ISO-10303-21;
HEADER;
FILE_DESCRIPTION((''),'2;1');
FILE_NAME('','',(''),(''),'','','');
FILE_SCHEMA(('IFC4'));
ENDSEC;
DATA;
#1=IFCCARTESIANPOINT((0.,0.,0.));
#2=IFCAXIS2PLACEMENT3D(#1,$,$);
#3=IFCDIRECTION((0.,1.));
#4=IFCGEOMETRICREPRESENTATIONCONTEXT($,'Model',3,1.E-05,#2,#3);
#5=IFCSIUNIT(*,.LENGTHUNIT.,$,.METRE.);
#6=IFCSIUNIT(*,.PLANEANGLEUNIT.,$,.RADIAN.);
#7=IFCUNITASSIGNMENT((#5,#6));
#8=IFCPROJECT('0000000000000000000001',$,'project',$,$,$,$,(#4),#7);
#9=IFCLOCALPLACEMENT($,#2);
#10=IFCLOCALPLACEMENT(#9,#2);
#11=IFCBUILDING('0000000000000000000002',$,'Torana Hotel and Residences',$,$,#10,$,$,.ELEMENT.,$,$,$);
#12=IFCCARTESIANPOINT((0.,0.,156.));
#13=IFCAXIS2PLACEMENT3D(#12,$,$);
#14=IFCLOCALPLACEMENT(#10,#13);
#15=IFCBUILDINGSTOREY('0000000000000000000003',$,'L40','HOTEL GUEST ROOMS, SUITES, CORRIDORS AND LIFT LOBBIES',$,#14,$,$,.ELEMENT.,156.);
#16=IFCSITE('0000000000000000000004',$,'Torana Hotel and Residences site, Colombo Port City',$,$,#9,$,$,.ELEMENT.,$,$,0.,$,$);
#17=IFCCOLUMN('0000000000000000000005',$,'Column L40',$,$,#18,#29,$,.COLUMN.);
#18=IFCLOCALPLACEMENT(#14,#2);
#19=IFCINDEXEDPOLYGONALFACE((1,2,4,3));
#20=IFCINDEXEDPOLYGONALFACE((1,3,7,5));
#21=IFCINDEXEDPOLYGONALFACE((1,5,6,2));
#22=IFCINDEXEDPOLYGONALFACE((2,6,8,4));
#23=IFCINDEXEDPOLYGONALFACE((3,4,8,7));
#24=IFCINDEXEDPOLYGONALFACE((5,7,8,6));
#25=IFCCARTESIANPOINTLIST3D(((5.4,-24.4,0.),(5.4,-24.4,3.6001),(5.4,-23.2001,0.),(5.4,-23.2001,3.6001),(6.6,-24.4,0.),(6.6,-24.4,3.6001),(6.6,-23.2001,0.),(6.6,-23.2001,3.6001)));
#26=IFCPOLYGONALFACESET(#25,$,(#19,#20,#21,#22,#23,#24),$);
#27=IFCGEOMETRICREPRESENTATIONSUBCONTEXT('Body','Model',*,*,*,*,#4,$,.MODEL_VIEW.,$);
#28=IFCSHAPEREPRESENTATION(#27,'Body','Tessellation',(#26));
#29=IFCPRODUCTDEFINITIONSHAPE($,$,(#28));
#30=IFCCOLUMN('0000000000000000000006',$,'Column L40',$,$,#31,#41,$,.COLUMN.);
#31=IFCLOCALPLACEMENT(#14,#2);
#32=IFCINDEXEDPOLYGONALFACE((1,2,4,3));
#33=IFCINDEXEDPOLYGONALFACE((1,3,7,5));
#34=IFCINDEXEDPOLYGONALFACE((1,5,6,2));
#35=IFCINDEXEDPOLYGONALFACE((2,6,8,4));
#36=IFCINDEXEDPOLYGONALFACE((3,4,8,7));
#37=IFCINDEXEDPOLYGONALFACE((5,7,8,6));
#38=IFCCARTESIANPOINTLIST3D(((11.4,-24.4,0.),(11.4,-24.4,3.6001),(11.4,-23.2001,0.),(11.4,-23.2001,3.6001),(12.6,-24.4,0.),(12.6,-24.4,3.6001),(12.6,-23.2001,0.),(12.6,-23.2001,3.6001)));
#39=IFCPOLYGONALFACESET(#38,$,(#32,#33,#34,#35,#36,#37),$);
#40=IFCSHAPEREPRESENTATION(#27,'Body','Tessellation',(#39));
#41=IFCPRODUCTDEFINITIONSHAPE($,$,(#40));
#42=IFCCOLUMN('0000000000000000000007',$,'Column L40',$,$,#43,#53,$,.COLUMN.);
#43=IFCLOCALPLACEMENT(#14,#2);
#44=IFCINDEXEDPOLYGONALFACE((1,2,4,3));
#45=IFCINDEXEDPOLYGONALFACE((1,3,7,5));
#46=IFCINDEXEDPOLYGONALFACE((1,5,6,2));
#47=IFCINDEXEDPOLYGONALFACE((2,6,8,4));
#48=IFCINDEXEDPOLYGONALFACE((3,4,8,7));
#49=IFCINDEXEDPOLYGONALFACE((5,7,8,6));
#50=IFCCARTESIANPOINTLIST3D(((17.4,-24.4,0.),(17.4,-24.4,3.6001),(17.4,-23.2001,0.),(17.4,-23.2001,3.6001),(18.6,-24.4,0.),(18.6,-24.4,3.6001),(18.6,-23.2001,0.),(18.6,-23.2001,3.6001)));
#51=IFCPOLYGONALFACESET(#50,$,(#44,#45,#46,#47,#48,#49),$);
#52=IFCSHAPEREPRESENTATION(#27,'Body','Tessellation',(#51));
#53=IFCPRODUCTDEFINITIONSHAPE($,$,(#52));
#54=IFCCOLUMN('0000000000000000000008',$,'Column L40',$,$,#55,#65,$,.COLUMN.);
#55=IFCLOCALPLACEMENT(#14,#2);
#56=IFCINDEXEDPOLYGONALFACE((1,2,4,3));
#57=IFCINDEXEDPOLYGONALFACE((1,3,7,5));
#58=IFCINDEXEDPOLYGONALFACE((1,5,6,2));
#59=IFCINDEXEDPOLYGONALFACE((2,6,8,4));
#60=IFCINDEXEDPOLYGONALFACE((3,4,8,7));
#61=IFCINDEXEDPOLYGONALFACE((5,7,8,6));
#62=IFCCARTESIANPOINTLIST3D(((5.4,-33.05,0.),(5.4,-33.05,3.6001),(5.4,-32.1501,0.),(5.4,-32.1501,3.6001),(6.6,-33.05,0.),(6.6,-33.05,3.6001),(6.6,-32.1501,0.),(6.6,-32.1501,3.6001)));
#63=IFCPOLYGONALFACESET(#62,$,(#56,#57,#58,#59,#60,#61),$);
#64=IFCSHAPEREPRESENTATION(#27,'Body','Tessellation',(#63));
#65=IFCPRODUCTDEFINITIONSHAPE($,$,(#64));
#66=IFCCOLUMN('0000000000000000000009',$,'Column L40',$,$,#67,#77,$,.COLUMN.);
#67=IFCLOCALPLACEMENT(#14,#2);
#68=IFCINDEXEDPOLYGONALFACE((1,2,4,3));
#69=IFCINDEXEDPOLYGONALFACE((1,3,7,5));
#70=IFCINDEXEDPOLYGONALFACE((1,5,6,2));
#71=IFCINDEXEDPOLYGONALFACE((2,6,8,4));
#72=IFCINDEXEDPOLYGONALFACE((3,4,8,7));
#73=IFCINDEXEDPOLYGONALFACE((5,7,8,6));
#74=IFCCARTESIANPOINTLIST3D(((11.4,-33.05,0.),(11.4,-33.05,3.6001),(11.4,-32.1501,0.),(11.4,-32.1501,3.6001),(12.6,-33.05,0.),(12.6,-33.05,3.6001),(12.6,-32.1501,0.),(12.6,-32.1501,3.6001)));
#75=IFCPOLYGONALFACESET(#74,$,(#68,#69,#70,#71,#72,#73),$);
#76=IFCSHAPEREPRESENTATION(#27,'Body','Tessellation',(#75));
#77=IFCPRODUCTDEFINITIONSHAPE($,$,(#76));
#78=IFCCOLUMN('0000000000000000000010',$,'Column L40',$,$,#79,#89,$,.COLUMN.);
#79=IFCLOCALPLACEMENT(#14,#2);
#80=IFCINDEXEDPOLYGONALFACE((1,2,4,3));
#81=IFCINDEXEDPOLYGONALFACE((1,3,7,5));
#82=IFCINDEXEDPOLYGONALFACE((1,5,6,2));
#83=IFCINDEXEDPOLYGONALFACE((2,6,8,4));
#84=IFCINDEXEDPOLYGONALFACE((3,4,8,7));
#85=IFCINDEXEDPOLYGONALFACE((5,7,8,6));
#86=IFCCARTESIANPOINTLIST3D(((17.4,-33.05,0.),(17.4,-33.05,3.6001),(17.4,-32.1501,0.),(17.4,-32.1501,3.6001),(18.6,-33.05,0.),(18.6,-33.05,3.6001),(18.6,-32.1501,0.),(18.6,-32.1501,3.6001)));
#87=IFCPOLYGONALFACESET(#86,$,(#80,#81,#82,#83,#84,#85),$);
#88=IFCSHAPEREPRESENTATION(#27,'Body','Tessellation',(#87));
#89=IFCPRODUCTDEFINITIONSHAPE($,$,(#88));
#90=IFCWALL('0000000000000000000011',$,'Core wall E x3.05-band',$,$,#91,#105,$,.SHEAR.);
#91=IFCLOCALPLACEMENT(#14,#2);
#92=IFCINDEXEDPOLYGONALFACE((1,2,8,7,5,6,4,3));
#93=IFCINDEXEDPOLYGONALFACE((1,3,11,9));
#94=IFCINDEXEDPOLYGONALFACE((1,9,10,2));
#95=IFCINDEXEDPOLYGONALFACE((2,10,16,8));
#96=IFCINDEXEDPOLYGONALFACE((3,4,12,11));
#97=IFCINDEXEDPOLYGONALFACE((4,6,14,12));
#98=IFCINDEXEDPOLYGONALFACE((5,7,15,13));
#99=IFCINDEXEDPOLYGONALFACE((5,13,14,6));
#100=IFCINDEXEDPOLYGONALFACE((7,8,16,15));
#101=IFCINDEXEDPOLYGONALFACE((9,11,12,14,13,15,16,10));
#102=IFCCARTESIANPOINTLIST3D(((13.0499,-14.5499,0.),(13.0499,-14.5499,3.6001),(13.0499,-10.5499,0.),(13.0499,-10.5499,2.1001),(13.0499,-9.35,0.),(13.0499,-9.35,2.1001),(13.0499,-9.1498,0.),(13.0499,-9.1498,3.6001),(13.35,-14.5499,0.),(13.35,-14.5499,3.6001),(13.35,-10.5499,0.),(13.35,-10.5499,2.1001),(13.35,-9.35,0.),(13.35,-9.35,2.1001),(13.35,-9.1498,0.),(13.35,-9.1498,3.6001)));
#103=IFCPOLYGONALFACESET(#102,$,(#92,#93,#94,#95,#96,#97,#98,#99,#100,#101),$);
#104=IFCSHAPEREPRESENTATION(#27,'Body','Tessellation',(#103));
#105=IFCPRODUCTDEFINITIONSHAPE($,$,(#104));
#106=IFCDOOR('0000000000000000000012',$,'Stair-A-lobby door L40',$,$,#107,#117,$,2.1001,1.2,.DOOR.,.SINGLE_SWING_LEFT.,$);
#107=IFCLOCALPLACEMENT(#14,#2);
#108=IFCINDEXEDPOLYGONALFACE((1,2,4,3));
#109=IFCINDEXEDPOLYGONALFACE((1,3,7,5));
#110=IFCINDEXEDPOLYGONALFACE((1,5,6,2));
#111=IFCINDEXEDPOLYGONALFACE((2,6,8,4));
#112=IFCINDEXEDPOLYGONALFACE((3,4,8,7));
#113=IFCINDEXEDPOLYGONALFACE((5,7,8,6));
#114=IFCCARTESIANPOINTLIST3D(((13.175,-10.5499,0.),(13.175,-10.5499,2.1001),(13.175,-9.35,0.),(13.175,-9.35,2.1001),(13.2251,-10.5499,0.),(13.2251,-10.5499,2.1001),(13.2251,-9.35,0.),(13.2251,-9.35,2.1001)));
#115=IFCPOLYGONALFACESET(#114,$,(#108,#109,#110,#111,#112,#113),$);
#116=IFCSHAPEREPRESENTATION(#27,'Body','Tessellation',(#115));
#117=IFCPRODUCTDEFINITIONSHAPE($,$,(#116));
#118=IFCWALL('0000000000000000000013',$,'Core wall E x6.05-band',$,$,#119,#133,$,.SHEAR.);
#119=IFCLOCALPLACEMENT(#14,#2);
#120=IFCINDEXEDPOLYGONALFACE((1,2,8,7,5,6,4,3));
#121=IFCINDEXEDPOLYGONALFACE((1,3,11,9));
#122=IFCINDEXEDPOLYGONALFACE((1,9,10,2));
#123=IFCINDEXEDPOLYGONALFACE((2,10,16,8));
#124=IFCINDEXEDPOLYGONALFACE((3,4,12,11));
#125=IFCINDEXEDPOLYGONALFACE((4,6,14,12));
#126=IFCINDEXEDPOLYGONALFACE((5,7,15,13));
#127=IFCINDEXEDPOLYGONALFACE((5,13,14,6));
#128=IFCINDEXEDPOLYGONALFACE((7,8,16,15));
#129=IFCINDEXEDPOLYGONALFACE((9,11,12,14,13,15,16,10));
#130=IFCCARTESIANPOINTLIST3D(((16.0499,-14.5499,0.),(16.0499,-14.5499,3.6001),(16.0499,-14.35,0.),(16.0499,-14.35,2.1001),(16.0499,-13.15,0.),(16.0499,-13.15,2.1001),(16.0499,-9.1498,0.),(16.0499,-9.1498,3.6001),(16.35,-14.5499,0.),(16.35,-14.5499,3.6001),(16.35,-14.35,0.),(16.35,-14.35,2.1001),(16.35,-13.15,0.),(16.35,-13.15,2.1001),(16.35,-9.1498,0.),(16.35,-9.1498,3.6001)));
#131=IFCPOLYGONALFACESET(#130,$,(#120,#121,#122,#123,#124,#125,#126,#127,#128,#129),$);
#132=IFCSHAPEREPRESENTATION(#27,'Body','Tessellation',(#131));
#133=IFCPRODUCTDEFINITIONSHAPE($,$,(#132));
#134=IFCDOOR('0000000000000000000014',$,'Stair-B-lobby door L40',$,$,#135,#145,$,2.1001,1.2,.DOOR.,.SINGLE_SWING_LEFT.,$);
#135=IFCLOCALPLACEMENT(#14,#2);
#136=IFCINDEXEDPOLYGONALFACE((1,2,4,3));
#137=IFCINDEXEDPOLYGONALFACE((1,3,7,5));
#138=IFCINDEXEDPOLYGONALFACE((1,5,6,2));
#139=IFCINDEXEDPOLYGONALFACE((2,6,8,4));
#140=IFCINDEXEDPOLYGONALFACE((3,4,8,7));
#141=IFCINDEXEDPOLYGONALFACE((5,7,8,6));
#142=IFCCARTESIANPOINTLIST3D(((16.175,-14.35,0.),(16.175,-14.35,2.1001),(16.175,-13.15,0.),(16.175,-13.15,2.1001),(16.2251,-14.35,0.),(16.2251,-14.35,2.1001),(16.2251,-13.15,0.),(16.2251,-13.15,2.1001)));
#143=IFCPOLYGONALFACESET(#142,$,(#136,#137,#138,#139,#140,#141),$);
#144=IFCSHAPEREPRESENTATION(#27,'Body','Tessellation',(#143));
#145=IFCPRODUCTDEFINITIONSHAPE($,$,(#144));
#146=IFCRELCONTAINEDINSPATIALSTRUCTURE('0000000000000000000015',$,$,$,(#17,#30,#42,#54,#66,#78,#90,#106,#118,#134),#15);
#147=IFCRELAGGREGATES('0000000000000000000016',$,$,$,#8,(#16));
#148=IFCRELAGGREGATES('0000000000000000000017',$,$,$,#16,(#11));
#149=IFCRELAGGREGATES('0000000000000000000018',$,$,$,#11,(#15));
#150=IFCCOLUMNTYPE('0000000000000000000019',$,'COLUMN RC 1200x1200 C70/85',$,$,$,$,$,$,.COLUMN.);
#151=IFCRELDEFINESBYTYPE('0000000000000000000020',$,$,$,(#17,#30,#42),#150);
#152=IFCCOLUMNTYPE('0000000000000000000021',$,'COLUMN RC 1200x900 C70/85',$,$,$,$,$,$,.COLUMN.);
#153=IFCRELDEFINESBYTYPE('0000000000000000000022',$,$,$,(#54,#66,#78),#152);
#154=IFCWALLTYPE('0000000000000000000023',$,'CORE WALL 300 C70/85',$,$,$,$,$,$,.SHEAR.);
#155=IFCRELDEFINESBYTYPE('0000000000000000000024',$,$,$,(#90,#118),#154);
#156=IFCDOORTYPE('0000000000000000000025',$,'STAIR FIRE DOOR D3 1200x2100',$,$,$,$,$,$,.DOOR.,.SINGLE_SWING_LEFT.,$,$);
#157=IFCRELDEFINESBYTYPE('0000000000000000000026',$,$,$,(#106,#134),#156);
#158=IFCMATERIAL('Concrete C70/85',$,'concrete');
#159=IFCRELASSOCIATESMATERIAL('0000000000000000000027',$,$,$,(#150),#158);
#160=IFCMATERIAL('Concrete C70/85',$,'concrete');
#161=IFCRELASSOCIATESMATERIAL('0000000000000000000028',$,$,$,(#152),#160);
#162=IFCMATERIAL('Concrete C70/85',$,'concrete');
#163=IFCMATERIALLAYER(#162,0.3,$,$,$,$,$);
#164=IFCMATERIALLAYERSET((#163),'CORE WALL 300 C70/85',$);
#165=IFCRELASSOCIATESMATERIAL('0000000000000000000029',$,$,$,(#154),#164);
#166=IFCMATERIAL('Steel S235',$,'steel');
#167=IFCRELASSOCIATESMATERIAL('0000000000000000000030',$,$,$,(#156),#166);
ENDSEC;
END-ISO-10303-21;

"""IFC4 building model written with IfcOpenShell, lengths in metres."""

from ifc_helpers import new_model, si_unit, direction, frame, frame_2d, origin, origin_2d, place, context, subcontext, project, spatial, rectangle, extrude, material, layer, layer_set, material_profile, profile_set, type_object, element, fill, save


model = new_model("IFC4")

# Units and contexts
model_context = context("Model", 3, precision=1e-05, world=origin(), true_north=direction((0.0, 1.0)))
body_context = subcontext(model_context, "Body", "Model", "MODEL_VIEW")
ifc_project = project(units=[si_unit("LENGTHUNIT", "METRE"), si_unit("PLANEANGLEUNIT", "RADIAN")], contexts=[model_context])

# Site, building, storey
site_placement = place(None, origin())
site = spatial("IfcSite", under=ifc_project, at=site_placement, Name="Torana Hotel and Residences site, Colombo Port City", CompositionType="ELEMENT", RefElevation=0.0)
building_placement = place(site_placement, origin())
building = spatial("IfcBuilding", under=site, at=building_placement, Name="Torana Hotel and Residences", CompositionType="ELEMENT")
storey_placement = place(building_placement, frame((0.0, 0.0, 156.0)))
storey = spatial("IfcBuildingStorey", under=building, at=storey_placement, Name="L40", Description="HOTEL GUEST ROOMS, SUITES, CORRIDORS AND LIFT LOBBIES", CompositionType="ELEMENT", Elevation=156.0)

# Columns
ifc_material_1 = material(Name="Concrete C70/85", Category="concrete")
ifc_material_profile_1 = material_profile(ifc_material_1, rectangle(XDim=1.2, YDim=1.2, at=origin_2d()), Name="RC 1200x1200")
ifc_profile_set_1 = profile_set([ifc_material_profile_1], Name="Concrete C70/85")
column_type_1 = type_object("IfcColumnType", Name="COLUMN RC 1200x1200 C70/85", PredefinedType="COLUMN", material=ifc_profile_set_1)
for number, where, z_axis, x_axis, name in (
    (1, (6.0, -23.8, 0.0), (0.0, 0.0, 1.0), (1.0, 0.0, 0.0), "Column L40"),
    (2, (12.0, -23.8, 0.0), (0.0, 0.0, 1.0), (1.0, 0.0, 0.0), "Column L40"),
    (3, (18.0, -23.8, 0.0), (0.0, 0.0, 1.0), (1.0, 0.0, 0.0), "Column L40"),
):
    element("IfcColumn", number, at=place(storey_placement, frame(where, z_axis=z_axis, x_axis=x_axis)), inside=storey, type_object=column_type_1, Name=name, PredefinedType="COLUMN", context=body_context, shape_type="SweptSolid", body=[
        extrude(rectangle(XDim=1.2, YDim=1.2, at=origin_2d()), origin(), (0.0, 0.0, 1.0), 3.6001),
    ])
ifc_material_2 = material(Name="Concrete C70/85", Category="concrete")
ifc_material_profile_2 = material_profile(ifc_material_2, rectangle(XDim=1.2, YDim=0.8999, at=origin_2d()), Name="RC 1200x900")
ifc_profile_set_2 = profile_set([ifc_material_profile_2], Name="Concrete C70/85")
column_type_2 = type_object("IfcColumnType", Name="COLUMN RC 1200x900 C70/85", PredefinedType="COLUMN", material=ifc_profile_set_2)
for number, where, z_axis, x_axis, name in (
    (4, (6.0, -32.6001, 0.0), (0.0, 0.0, 1.0), (1.0, 0.0, 0.0), "Column L40"),
    (5, (12.0, -32.6001, 0.0), (0.0, 0.0, 1.0), (1.0, 0.0, 0.0), "Column L40"),
    (6, (18.0, -32.6001, 0.0), (0.0, 0.0, 1.0), (1.0, 0.0, 0.0), "Column L40"),
):
    element("IfcColumn", number, at=place(storey_placement, frame(where, z_axis=z_axis, x_axis=x_axis)), inside=storey, type_object=column_type_2, Name=name, PredefinedType="COLUMN", context=body_context, shape_type="SweptSolid", body=[
        extrude(rectangle(XDim=1.2, YDim=0.8999, at=origin_2d()), origin(), (0.0, 0.0, 1.0), 3.6001),
    ])

# Walls, openings, doors
ifc_material_3 = material(Name="Concrete C70/85", Category="concrete")
ifc_layer_1 = layer(ifc_material_3, 0.3)
ifc_layer_set_1 = layer_set([ifc_layer_1], Name="CORE WALL 300 C70/85")
wall_type_1 = type_object("IfcWallType", Name="CORE WALL 300 C70/85", PredefinedType="SHEAR", material=ifc_layer_set_1)
wall_1_placement = place(storey_placement, frame((13.2, -14.55, 0.0), z_axis=(0.0, 0.0, 1.0), x_axis=(0.0, 1.0, 0.0)))
wall_1 = element("IfcWall", 7, at=wall_1_placement, inside=storey, type_object=wall_type_1, Name="Core wall E x3.05-band", PredefinedType="SHEAR", context=body_context, shape_type="SweptSolid", body=[
    extrude(rectangle(XDim=5.4001, YDim=0.3, at=frame_2d((2.7002, 0.0))), origin(), (0.0, 0.0, 1.0), 3.6001),
])
opening_1_placement = place(wall_1_placement, frame((4.0, 0.0, 0.0)))
opening_1 = element("IfcOpeningElement", 8, at=opening_1_placement, cuts=wall_1, PredefinedType="OPENING", context=body_context, shape_type="SweptSolid", body=[
    extrude(rectangle(XDim=1.2, YDim=2.1001, at=frame_2d((0.6001, 1.05))), frame((0.0, 0.1599, 0.0), z_axis=(0.0, -1.0, 0.0), x_axis=(1.0, 0.0, 0.0)), (0.0, 0.0, 1.0), 0.3201),
])
ifc_material_4 = material(Name="Steel S235", Category="steel")
door_type_1 = type_object("IfcDoorType", Name="STAIR FIRE DOOR D3 1200x2100", OperationType="SINGLE_SWING_LEFT", PredefinedType="DOOR", material=ifc_material_4)
door_1_placement = place(opening_1_placement, origin())
door_1 = element("IfcDoor", 9, at=door_1_placement, inside=storey, type_object=door_type_1, Name="Stair-A-lobby door L40", OperationType="SINGLE_SWING_LEFT", OverallHeight=2.1001, OverallWidth=1.2, PredefinedType="DOOR", context=body_context, shape_type="SweptSolid", body=[
    extrude(rectangle(XDim=1.2, YDim=2.1001, at=frame_2d((0.6001, 1.05))), frame((0.0, 0.0249, 0.0), z_axis=(0.0, -1.0, 0.0), x_axis=(1.0, 0.0, 0.0)), (0.0, 0.0, 1.0), 0.05),
])
fill(opening_1, door_1)
wall_2_placement = place(storey_placement, frame((16.2, -14.55, 0.0), z_axis=(0.0, 0.0, 1.0), x_axis=(0.0, 1.0, 0.0)))
wall_2 = element("IfcWall", 10, at=wall_2_placement, inside=storey, type_object=wall_type_1, Name="Core wall E x6.05-band", PredefinedType="SHEAR", context=body_context, shape_type="SweptSolid", body=[
    extrude(rectangle(XDim=5.4001, YDim=0.3, at=frame_2d((2.7002, 0.0))), origin(), (0.0, 0.0, 1.0), 3.6001),
])
opening_2_placement = place(wall_2_placement, frame((0.2, 0.0, 0.0)))
opening_2 = element("IfcOpeningElement", 11, at=opening_2_placement, cuts=wall_2, PredefinedType="OPENING", context=body_context, shape_type="SweptSolid", body=[
    extrude(rectangle(XDim=1.2, YDim=2.1001, at=frame_2d((0.6001, 1.05))), frame((0.0, 0.1599, 0.0), z_axis=(0.0, -1.0, 0.0), x_axis=(1.0, 0.0, 0.0)), (0.0, 0.0, 1.0), 0.3201),
])
door_2_placement = place(opening_2_placement, frame((0.6001, 0.0, 0.0), z_axis=(0.0, 0.0, 1.0), x_axis=(-1.0, 0.0, 0.0)))
door_2 = element("IfcDoor", 12, at=door_2_placement, inside=storey, type_object=door_type_1, Name="Stair-B-lobby door L40", OperationType="SINGLE_SWING_LEFT", OverallHeight=2.1001, OverallWidth=1.2, PredefinedType="DOOR", context=body_context, shape_type="SweptSolid", body=[
    extrude(rectangle(XDim=1.2, YDim=2.1001, at=frame_2d((0.0, 1.05))), frame((0.0, -0.0249, 0.0), z_axis=(0.0, 1.0, 0.0), x_axis=(-1.0, 0.0, 0.0)), (0.0, 0.0, 1.0), 0.05),
])
fill(opening_2, door_2)

save(model, "model.ifc")
